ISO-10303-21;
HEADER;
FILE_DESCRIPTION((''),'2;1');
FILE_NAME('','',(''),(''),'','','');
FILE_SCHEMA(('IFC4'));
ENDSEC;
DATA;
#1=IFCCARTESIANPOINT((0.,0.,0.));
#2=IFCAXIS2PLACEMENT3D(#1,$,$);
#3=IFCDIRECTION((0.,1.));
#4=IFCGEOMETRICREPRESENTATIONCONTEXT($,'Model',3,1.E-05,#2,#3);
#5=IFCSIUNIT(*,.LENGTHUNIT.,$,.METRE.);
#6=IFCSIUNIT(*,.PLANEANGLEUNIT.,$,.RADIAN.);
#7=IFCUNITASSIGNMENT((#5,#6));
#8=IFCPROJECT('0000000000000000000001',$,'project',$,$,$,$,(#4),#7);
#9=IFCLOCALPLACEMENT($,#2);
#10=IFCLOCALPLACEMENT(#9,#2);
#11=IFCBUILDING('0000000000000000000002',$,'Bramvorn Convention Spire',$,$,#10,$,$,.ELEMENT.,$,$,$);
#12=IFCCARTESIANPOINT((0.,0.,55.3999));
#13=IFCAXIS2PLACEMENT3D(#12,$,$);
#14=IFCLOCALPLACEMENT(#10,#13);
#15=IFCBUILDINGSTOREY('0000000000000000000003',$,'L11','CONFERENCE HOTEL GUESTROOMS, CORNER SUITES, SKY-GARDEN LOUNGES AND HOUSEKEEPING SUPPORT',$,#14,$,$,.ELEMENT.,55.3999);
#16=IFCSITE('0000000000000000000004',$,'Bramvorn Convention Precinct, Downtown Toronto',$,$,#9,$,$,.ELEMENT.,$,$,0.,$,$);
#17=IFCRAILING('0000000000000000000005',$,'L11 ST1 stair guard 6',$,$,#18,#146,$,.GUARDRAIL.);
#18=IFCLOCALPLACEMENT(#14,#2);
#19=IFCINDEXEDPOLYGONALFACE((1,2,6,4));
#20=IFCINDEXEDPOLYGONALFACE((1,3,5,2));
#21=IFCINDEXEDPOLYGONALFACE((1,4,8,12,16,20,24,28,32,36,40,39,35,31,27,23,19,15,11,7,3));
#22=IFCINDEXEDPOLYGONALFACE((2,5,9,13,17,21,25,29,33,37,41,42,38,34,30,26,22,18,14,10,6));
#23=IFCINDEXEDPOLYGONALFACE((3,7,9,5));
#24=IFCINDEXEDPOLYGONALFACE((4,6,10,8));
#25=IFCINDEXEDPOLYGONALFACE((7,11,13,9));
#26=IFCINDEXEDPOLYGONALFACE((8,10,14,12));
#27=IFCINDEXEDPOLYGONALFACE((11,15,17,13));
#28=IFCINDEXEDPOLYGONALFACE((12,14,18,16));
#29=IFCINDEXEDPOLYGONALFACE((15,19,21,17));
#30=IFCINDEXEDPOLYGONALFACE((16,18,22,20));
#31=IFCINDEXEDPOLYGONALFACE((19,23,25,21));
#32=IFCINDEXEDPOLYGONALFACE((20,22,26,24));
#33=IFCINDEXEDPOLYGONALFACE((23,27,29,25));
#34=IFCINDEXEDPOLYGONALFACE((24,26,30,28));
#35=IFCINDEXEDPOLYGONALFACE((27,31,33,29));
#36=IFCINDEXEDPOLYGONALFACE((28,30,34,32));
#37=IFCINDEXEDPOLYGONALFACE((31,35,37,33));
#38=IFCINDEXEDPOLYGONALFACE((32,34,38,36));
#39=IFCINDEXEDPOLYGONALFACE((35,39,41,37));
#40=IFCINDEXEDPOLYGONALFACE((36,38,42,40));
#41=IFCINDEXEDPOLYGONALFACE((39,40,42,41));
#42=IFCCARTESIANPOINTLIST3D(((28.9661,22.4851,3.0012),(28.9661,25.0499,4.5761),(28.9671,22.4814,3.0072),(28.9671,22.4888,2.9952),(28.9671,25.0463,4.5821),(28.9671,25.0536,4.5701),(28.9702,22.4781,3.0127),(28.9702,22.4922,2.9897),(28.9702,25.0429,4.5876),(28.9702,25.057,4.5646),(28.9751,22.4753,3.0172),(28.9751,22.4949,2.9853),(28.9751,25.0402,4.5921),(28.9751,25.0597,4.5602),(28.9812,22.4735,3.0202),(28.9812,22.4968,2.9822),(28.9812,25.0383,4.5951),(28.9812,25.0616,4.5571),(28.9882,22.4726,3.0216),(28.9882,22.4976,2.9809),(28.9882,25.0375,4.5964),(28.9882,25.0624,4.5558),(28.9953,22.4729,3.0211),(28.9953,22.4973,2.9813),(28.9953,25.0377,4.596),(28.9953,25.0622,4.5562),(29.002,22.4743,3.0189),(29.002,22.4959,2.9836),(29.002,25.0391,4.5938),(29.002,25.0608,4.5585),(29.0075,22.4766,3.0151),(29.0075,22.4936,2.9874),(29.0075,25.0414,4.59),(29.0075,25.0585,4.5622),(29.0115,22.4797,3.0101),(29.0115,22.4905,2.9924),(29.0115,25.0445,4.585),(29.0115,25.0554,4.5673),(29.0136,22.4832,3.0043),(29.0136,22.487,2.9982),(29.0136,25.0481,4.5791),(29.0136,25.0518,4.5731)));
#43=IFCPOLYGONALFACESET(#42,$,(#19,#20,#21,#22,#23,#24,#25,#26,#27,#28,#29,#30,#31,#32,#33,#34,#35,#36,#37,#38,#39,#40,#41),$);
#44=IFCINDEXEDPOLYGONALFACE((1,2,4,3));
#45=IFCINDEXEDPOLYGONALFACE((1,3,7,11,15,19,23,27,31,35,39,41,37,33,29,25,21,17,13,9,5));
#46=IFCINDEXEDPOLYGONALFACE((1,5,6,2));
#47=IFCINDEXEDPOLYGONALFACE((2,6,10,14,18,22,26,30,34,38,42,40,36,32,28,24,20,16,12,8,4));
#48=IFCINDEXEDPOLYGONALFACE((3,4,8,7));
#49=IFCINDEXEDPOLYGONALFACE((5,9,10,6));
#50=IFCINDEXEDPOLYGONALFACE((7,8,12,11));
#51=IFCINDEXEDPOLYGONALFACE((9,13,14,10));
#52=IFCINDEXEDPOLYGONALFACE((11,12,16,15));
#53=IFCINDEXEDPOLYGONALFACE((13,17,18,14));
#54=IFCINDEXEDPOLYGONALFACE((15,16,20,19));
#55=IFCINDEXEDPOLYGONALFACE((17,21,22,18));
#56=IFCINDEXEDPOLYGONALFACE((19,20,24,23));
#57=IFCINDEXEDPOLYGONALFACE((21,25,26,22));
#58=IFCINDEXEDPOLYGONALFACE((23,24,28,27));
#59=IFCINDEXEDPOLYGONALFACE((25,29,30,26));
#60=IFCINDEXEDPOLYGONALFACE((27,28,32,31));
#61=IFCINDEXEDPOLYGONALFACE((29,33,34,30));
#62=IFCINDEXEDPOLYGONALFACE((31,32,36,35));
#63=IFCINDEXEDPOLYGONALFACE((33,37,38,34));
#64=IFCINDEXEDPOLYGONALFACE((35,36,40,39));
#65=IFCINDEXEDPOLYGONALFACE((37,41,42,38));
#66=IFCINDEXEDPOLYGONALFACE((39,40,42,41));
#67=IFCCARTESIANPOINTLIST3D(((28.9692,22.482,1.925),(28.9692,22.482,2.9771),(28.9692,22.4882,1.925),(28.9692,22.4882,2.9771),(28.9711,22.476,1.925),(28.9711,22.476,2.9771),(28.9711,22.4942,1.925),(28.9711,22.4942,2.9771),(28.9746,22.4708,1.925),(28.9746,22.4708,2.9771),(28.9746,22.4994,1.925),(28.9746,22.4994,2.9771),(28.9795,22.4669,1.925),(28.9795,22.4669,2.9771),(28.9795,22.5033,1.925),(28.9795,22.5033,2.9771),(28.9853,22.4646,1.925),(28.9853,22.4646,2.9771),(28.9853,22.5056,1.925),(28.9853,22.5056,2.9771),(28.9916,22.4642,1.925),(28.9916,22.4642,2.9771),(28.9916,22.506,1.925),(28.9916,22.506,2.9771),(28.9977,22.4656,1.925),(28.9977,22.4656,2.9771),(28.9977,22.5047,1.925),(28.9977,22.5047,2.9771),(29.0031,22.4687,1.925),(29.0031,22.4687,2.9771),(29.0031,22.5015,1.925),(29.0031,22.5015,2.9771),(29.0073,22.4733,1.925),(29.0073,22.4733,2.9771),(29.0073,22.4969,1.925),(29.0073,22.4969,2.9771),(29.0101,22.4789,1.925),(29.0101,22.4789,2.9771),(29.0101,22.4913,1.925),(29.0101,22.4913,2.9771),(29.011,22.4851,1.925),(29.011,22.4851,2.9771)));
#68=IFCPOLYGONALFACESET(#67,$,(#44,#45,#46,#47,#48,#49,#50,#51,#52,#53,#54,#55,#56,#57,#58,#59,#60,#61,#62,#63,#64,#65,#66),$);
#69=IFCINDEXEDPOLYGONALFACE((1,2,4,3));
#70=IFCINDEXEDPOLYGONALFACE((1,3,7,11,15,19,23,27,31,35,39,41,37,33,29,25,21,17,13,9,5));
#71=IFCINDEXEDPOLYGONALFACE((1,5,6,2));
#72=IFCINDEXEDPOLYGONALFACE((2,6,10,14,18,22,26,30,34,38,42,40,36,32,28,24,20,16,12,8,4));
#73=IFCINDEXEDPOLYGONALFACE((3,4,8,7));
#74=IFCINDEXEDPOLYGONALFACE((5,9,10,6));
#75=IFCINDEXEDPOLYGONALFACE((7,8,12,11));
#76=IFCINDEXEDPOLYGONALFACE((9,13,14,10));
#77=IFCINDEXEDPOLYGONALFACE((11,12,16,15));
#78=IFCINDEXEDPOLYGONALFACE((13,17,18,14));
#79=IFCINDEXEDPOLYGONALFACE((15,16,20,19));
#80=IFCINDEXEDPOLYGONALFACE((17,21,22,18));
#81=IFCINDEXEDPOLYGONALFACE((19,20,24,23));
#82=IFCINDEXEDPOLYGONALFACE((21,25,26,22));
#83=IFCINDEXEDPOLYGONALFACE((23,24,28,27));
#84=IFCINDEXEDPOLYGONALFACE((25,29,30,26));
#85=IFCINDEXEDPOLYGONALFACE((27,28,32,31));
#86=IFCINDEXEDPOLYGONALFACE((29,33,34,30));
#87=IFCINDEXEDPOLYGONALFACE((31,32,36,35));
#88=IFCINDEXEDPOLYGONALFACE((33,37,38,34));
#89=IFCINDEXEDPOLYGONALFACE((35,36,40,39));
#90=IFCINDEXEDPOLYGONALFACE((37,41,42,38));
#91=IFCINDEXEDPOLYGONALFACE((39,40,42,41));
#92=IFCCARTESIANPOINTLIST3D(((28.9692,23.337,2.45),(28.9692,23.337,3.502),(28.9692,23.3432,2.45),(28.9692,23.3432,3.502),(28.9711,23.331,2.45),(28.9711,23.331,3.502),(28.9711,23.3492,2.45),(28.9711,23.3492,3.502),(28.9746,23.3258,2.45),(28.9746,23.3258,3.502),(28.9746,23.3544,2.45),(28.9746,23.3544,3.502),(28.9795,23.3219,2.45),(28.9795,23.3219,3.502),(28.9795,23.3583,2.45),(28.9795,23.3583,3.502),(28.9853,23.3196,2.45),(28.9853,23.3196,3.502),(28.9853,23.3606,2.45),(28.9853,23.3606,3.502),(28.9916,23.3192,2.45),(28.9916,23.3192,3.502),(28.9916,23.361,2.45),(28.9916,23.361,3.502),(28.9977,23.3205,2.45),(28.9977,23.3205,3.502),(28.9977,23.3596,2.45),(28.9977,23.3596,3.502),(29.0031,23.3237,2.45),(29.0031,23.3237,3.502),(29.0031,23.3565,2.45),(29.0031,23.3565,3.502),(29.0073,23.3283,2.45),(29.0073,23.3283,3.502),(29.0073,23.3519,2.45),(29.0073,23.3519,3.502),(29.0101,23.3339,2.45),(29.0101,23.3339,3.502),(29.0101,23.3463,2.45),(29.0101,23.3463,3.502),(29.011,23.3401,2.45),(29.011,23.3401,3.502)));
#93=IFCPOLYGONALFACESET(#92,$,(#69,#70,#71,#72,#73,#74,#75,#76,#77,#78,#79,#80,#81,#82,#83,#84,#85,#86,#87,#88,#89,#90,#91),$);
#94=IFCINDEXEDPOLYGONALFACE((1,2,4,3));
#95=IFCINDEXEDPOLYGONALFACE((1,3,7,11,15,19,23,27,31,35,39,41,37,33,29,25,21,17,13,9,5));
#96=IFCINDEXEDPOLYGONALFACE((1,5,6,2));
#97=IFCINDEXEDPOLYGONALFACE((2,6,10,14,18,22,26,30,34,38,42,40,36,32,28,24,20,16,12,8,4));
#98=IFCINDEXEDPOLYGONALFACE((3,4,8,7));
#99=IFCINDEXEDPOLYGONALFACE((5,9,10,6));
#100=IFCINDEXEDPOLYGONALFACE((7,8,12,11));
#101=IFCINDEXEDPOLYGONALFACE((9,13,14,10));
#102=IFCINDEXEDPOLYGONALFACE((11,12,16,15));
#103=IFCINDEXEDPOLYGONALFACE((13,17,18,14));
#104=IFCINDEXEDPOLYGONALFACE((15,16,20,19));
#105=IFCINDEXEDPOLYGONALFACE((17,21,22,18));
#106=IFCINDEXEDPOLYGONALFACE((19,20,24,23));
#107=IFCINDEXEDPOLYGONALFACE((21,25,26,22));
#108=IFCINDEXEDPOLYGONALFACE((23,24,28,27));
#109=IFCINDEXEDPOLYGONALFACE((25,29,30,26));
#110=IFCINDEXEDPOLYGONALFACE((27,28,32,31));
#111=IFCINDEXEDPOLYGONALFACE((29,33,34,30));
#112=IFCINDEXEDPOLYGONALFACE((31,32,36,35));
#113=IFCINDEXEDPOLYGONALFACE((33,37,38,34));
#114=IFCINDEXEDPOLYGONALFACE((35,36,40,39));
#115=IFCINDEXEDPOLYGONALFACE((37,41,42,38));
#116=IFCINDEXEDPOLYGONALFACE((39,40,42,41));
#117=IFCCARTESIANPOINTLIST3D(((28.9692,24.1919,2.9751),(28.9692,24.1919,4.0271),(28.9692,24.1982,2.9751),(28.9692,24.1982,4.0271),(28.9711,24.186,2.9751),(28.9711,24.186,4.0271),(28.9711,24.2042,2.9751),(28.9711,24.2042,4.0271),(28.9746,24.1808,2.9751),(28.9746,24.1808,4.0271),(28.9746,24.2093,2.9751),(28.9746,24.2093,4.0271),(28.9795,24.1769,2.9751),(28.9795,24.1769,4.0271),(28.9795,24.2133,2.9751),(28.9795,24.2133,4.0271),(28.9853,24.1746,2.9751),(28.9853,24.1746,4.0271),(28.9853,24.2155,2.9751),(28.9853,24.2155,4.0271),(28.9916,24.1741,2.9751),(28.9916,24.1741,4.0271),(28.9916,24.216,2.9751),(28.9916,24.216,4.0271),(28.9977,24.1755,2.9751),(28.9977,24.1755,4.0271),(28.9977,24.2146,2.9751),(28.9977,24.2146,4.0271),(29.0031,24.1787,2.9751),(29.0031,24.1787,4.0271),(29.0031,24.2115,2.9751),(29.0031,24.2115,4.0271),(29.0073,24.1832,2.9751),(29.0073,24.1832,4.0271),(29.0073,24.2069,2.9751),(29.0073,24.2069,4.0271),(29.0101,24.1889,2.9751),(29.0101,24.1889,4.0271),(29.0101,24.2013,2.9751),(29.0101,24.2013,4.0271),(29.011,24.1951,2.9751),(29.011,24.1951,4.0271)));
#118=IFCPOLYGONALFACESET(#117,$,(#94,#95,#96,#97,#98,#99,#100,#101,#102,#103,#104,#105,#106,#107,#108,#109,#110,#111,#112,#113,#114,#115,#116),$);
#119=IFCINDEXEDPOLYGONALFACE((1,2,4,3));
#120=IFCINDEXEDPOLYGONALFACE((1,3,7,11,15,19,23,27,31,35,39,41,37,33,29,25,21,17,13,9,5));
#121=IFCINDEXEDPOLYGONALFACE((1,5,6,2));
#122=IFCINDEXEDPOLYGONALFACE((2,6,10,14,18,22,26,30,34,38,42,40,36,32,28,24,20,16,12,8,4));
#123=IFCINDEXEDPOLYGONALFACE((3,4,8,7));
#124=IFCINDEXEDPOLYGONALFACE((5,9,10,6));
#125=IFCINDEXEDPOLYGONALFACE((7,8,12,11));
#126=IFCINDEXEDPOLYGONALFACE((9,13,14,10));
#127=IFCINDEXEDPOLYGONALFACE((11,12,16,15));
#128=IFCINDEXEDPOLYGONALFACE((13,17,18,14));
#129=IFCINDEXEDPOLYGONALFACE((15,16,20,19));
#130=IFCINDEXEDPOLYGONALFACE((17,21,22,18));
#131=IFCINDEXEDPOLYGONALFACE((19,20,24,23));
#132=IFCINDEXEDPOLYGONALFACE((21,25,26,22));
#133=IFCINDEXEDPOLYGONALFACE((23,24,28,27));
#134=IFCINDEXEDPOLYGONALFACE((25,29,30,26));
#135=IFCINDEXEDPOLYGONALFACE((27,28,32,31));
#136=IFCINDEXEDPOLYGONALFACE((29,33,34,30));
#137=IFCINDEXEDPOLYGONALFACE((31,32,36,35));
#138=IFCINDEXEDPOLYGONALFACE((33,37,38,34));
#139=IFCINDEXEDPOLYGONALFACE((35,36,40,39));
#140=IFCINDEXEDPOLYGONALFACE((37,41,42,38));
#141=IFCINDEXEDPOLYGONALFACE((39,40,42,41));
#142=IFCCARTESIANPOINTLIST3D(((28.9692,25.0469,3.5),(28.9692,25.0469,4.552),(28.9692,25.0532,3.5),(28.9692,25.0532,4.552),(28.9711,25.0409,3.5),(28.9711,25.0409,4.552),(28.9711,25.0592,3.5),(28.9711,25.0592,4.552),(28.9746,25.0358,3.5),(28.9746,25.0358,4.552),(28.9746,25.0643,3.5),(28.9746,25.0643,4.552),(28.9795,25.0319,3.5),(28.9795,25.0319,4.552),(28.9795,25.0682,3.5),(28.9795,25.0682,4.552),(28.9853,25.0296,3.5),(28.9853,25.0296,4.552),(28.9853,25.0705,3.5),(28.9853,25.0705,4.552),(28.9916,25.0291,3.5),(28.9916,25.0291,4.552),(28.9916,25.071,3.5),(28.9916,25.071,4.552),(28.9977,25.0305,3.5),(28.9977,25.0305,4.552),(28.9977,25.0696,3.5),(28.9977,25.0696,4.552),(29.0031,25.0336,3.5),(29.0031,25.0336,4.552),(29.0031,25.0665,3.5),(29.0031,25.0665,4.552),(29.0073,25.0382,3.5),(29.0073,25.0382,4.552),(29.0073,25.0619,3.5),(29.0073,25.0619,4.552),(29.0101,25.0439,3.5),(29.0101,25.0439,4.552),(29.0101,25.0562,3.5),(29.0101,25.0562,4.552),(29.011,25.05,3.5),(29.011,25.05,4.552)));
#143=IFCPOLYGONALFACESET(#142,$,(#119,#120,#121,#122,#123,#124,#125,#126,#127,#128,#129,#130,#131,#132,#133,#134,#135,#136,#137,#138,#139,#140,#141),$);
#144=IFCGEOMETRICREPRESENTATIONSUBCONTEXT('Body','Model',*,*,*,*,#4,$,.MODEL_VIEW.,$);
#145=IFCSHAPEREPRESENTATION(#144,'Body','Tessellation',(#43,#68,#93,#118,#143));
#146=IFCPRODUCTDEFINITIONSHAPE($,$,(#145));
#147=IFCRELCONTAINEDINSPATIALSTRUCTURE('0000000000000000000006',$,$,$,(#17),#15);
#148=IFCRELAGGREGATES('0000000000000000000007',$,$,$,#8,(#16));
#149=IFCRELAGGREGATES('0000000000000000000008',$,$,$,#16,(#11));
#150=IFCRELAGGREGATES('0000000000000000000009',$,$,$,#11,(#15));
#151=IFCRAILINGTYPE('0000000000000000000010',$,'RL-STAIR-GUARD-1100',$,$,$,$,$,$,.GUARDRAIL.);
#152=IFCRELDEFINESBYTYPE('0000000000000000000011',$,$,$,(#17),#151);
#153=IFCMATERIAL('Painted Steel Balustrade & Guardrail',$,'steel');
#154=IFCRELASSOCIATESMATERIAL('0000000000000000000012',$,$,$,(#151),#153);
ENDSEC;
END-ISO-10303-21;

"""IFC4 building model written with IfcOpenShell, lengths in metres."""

from ifc_helpers import new_model, si_unit, direction, frame, origin, origin_2d, place, context, subcontext, project, spatial, circle, extrude, material, type_object, element, save


model = new_model("IFC4")

# Units and contexts
model_context = context("Model", 3, precision=1e-05, world=origin(), true_north=direction((0.0, 1.0)))
body_context = subcontext(model_context, "Body", "Model", "MODEL_VIEW")
ifc_project = project(units=[si_unit("LENGTHUNIT", "METRE"), si_unit("PLANEANGLEUNIT", "RADIAN")], contexts=[model_context])

# Site, building, storey
site_placement = place(None, origin())
site = spatial("IfcSite", under=ifc_project, at=site_placement, Name="Bramvorn Convention Precinct, Downtown Toronto", CompositionType="ELEMENT", RefElevation=0.0)
building_placement = place(site_placement, origin())
building = spatial("IfcBuilding", under=site, at=building_placement, Name="Bramvorn Convention Spire", CompositionType="ELEMENT")
storey_placement = place(building_placement, frame((0.0, 0.0, 55.3999)))
storey = spatial("IfcBuildingStorey", under=building, at=storey_placement, Name="L11", Description="CONFERENCE HOTEL GUESTROOMS, CORNER SUITES, SKY-GARDEN LOUNGES AND HOUSEKEEPING SUPPORT", CompositionType="ELEMENT", Elevation=55.3999)

# Railing
ifc_material_1 = material(Name="Painted Steel Balustrade & Guardrail", Category="steel")
railing_type_1 = type_object("IfcRailingType", Name="RL-STAIR-GUARD-1100", PredefinedType="GUARDRAIL", material=ifc_material_1)
railing_1_placement = place(storey_placement, frame((28.99, 22.4851, 1.925)))
element("IfcRailing", 1, at=railing_1_placement, inside=storey, type_object=railing_type_1, Name="L11 ST1 stair guard 6", PredefinedType="GUARDRAIL", context=body_context, shape_type="SweptSolid", body=[
    extrude(circle(Radius=0.0239, at=origin_2d()), frame((0.0, 0.0, 1.0762), z_axis=(0.0, 0.852173, 0.52326), x_axis=(-1.0, 0.0, 0.0)), (0.0, 0.0, 1.0), 3.0098),
    extrude(circle(Radius=0.021, at=origin_2d()), origin(), (0.0, 0.0, 1.0), 1.052),
    extrude(circle(Radius=0.021, at=origin_2d()), frame((0.0, 0.855, 0.5249)), (0.0, 0.0, 1.0), 1.052),
    extrude(circle(Radius=0.021, at=origin_2d()), frame((0.0, 1.71, 1.05)), (0.0, 0.0, 1.0), 1.052),
    extrude(circle(Radius=0.021, at=origin_2d()), frame((0.0, 2.5649, 1.575)), (0.0, 0.0, 1.0), 1.052),
])

save(model, "model.ifc")
